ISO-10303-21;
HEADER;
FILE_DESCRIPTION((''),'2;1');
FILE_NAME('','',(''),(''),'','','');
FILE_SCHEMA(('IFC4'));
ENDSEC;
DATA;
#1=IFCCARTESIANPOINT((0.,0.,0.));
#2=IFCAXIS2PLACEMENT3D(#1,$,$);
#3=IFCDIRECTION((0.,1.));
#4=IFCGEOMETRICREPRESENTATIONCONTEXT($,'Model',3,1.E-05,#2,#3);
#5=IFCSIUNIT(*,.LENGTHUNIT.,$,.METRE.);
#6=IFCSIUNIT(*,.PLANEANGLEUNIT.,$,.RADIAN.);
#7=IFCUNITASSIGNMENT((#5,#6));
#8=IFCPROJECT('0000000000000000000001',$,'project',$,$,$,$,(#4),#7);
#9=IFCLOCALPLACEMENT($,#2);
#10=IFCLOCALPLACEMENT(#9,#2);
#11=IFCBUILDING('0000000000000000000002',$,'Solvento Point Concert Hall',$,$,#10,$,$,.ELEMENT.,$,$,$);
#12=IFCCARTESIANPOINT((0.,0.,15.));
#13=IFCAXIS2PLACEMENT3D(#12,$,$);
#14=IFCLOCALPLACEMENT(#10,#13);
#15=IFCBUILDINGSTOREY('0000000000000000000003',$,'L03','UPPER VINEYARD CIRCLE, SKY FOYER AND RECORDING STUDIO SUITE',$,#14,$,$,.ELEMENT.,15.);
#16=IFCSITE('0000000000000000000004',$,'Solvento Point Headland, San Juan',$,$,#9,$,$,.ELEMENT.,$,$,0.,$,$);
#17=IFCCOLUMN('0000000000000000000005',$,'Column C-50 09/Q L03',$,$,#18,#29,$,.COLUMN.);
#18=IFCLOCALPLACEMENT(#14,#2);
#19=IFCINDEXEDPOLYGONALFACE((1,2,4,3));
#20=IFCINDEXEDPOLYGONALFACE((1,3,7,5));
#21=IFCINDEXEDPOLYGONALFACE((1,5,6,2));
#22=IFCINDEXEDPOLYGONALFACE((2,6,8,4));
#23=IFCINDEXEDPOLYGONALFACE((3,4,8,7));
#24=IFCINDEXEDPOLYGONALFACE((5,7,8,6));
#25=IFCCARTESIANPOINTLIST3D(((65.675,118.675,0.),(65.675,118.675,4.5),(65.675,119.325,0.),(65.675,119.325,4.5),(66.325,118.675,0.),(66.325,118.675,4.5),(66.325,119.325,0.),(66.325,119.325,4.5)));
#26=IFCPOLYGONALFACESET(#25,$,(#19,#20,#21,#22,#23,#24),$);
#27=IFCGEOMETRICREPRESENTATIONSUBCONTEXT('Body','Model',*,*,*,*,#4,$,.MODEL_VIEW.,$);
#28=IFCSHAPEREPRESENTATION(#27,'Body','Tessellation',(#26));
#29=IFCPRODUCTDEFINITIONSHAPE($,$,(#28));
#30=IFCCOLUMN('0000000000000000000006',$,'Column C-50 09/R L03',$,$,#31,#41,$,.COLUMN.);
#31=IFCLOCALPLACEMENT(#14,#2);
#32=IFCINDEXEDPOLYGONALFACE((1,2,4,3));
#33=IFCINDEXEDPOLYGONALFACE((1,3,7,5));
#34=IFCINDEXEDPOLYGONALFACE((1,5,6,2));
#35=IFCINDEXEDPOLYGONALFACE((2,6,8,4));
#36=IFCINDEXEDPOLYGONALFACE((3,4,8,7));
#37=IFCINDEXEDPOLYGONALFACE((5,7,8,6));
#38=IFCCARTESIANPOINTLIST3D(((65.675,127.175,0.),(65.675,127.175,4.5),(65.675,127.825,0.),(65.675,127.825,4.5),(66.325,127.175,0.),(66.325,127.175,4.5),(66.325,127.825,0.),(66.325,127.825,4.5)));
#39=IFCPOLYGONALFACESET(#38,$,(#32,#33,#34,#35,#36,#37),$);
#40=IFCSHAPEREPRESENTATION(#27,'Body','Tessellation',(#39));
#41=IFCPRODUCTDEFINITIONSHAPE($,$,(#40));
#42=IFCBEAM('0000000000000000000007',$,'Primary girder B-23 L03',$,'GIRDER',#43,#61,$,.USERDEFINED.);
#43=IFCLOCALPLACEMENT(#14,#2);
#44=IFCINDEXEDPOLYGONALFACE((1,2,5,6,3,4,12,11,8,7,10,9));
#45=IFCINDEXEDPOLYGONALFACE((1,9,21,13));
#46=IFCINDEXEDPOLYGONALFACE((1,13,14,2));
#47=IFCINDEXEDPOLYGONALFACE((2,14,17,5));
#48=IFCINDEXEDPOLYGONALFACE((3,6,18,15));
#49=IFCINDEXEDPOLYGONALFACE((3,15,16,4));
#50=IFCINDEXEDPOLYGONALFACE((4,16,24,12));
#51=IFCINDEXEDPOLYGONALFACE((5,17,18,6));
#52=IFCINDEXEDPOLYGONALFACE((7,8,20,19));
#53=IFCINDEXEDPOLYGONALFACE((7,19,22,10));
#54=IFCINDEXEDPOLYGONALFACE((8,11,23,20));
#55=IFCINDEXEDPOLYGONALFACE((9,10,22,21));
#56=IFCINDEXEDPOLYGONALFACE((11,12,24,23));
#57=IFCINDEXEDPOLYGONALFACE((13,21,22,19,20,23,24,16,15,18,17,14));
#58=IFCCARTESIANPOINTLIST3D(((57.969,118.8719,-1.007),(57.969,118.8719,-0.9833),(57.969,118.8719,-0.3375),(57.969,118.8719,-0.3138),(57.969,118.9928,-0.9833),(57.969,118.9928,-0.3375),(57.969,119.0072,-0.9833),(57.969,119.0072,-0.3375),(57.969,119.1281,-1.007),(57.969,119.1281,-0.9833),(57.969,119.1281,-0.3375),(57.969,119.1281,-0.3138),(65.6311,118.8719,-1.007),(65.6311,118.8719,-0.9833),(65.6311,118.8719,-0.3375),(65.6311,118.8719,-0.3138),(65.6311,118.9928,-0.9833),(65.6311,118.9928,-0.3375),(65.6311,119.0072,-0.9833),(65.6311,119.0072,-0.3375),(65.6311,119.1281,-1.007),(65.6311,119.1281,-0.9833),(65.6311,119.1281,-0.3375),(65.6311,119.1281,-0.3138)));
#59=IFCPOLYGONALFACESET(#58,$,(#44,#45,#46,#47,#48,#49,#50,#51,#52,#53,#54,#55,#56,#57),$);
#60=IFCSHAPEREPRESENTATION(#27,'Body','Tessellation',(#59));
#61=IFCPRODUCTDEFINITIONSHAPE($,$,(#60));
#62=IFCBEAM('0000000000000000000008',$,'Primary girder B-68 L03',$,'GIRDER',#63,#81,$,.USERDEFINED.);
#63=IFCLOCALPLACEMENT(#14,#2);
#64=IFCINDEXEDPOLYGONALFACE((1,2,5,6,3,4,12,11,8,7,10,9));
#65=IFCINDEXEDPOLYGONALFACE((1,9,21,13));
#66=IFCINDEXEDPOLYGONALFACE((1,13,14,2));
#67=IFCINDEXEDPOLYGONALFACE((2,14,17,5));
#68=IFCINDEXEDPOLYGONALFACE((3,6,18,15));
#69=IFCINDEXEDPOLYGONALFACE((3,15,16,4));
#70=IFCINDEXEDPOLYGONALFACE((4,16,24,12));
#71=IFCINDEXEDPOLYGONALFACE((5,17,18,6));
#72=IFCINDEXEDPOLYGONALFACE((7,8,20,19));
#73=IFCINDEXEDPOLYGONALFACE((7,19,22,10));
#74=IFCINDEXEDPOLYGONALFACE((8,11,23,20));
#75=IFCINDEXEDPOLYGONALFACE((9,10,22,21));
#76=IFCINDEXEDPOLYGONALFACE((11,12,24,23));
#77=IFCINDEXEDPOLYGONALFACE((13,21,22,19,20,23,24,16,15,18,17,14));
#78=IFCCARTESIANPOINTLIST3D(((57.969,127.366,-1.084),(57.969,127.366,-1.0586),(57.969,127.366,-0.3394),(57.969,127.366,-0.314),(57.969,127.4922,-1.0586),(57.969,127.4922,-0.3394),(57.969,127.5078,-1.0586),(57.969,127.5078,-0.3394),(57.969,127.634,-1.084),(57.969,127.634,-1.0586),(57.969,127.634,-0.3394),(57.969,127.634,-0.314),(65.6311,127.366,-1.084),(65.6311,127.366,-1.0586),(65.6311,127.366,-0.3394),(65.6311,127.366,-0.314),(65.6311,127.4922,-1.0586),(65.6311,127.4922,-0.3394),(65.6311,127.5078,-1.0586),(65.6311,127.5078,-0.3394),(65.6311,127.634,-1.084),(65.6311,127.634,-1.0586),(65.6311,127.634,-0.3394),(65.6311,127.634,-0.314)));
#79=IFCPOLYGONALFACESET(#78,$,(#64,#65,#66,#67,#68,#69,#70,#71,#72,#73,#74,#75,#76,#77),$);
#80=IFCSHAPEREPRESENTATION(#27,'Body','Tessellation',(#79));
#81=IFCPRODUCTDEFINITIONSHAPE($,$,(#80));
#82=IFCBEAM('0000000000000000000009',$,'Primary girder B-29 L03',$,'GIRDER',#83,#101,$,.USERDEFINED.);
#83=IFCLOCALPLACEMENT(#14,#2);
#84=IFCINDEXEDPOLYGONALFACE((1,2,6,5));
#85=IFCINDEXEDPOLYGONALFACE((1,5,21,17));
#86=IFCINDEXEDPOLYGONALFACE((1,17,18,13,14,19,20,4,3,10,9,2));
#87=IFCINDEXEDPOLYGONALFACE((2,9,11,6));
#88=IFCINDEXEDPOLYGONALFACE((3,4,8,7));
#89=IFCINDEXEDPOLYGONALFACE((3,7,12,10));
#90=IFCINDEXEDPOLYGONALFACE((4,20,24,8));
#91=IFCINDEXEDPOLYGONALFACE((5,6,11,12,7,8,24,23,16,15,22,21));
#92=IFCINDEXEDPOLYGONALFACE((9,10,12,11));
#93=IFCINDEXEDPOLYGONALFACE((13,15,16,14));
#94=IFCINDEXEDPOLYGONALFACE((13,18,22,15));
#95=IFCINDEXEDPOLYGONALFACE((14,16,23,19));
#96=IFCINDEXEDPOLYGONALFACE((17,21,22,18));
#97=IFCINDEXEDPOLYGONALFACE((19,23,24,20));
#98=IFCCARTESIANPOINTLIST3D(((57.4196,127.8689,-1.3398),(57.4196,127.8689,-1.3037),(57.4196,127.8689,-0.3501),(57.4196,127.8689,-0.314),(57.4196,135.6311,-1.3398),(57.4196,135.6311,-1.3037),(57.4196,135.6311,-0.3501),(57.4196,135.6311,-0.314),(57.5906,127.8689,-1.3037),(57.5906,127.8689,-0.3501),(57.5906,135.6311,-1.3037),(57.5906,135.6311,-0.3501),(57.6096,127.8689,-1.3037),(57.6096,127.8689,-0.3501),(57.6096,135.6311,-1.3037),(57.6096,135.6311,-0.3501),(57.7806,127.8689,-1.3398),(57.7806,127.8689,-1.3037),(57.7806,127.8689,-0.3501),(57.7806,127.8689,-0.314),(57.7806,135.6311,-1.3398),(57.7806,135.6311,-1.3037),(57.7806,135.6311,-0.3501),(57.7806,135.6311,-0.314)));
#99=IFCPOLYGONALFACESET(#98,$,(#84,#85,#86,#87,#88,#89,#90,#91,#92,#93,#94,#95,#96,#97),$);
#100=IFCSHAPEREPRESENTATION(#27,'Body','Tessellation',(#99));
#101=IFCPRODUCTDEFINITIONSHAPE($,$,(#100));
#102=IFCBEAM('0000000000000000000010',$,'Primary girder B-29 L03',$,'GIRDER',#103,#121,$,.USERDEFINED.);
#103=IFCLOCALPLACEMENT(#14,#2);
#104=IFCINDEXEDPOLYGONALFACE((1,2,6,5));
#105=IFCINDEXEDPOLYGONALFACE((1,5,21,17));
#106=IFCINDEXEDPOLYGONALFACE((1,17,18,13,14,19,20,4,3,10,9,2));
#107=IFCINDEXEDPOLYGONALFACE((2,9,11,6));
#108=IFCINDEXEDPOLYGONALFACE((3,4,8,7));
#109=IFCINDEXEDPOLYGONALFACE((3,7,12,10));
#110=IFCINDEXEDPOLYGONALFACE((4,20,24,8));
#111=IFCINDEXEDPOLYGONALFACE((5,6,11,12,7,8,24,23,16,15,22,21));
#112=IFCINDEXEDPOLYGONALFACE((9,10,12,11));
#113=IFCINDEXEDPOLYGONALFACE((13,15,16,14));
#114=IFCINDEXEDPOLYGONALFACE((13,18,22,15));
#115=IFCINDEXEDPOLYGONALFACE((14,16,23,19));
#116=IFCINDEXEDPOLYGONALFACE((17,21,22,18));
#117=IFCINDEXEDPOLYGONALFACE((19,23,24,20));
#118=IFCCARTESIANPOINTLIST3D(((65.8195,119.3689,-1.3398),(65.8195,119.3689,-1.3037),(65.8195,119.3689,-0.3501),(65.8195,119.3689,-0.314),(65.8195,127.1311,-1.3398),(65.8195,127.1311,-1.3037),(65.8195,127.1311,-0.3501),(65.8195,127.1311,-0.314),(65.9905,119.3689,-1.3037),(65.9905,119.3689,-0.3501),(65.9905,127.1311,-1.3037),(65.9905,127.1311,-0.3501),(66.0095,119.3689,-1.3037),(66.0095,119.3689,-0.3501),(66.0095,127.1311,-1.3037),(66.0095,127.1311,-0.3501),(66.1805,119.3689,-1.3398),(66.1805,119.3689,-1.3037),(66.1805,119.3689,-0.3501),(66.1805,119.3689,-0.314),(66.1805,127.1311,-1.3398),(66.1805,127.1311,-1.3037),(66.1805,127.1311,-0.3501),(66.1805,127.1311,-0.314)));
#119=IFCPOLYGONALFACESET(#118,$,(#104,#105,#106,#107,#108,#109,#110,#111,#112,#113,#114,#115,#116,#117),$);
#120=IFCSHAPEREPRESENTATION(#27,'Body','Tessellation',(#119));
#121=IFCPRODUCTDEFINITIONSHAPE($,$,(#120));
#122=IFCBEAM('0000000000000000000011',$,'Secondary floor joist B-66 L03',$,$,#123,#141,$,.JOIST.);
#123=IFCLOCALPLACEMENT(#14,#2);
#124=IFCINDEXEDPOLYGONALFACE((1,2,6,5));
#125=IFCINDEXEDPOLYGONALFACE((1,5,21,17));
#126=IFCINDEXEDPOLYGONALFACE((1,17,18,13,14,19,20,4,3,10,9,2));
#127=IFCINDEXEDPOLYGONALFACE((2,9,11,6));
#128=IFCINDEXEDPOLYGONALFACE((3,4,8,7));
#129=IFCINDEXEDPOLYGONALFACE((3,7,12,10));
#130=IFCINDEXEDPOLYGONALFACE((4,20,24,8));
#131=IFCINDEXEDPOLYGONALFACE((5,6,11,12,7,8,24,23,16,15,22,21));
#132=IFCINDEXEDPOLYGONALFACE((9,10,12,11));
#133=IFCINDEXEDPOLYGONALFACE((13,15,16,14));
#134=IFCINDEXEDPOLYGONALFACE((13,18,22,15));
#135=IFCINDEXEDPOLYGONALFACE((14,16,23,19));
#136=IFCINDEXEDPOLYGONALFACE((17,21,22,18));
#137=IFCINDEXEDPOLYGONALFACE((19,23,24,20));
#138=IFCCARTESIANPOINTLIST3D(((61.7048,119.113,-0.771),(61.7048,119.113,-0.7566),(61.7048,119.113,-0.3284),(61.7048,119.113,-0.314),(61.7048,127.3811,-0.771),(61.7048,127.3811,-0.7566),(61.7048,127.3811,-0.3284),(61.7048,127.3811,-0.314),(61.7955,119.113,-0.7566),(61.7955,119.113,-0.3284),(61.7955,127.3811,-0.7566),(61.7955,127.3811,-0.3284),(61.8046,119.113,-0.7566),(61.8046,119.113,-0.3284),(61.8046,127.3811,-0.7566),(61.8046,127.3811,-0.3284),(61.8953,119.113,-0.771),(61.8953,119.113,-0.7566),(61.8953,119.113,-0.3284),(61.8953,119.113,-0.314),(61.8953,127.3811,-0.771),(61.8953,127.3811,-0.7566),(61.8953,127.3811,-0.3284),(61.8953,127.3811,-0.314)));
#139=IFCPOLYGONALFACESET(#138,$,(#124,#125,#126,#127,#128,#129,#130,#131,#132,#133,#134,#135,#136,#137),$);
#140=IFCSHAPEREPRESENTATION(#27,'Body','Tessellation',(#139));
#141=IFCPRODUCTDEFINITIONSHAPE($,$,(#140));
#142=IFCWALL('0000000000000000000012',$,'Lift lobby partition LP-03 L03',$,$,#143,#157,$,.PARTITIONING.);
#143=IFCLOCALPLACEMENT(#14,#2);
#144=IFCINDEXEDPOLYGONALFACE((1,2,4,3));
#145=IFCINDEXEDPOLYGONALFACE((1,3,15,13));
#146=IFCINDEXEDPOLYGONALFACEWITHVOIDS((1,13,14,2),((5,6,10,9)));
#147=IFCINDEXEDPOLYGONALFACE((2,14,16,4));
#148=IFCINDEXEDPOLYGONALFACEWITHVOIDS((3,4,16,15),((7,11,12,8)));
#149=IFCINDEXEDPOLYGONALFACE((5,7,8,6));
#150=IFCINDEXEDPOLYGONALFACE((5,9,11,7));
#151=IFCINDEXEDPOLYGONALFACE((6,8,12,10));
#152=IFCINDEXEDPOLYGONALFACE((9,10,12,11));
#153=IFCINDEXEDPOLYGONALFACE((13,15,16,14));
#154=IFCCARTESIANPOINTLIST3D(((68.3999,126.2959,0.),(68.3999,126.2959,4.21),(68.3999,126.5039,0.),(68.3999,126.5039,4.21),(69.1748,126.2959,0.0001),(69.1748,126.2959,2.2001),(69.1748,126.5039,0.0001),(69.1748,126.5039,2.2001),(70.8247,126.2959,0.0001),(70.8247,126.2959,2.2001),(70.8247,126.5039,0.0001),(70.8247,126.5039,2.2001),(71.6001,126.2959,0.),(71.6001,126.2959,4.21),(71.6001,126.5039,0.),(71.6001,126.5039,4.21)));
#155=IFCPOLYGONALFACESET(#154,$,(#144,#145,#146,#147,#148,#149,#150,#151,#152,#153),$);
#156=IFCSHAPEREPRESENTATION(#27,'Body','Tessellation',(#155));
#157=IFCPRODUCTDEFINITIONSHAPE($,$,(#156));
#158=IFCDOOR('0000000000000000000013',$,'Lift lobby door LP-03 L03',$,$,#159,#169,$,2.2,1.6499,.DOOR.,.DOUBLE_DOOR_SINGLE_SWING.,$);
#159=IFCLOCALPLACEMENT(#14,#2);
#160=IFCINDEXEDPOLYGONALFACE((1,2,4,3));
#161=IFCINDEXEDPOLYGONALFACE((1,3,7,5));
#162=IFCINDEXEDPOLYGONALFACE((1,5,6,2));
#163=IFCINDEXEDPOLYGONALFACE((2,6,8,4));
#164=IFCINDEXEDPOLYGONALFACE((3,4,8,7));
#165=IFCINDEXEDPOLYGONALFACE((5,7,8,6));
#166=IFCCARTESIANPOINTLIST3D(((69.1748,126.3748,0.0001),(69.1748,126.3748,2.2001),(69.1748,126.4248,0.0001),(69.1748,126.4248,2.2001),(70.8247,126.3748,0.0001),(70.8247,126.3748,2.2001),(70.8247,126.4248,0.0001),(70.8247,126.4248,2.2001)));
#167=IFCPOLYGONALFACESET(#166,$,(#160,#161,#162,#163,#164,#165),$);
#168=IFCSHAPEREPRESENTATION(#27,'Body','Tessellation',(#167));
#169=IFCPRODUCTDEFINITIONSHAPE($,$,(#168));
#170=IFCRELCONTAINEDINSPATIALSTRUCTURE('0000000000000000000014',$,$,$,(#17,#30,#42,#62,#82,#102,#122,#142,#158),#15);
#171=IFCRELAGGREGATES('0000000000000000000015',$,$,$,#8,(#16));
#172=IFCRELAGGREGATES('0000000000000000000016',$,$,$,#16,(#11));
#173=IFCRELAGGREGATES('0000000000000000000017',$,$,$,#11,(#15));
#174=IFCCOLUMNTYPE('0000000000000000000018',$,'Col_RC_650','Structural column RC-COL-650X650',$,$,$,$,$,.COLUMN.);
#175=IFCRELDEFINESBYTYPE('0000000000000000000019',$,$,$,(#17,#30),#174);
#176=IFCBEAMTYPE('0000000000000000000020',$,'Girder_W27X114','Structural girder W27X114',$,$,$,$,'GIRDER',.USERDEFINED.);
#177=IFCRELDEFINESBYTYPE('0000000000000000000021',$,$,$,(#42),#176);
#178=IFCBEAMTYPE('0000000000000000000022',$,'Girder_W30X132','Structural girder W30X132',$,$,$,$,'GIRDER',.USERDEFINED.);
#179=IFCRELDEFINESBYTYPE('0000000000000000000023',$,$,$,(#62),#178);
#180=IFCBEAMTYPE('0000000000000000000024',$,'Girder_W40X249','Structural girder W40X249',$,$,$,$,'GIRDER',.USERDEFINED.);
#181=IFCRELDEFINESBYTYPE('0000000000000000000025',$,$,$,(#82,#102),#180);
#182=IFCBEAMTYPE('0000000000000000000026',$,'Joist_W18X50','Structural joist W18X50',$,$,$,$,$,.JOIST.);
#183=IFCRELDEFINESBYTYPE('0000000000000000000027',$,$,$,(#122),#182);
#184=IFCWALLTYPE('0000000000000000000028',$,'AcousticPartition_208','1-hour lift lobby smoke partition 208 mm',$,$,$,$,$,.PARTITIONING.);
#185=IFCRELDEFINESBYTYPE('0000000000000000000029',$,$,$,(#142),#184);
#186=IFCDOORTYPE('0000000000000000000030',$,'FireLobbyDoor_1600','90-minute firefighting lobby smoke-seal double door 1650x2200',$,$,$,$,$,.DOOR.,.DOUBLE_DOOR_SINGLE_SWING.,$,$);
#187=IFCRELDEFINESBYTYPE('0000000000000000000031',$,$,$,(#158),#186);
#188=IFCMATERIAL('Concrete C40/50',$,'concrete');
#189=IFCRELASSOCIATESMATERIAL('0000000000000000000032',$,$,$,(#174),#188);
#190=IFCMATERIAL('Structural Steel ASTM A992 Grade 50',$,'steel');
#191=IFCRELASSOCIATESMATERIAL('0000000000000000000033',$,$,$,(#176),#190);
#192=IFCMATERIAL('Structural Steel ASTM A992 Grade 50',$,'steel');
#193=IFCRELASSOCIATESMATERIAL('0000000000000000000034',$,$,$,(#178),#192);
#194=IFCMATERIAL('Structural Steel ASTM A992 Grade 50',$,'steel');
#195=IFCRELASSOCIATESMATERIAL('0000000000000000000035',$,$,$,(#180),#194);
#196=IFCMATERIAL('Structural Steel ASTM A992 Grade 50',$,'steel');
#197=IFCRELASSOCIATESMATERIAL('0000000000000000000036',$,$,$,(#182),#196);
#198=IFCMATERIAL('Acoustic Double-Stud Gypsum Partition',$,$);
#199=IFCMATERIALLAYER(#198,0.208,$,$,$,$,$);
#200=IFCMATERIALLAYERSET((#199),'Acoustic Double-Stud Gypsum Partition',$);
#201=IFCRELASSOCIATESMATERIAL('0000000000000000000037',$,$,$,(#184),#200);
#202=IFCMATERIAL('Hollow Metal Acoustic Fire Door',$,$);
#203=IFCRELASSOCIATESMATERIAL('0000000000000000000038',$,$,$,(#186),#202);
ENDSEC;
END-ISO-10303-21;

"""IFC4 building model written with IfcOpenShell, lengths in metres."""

from ifc_helpers import new_model, si_unit, direction, frame, frame_2d, origin, origin_2d, place, context, subcontext, project, spatial, rectangle, i_section, extrude, material, layer, layer_set, material_profile, profile_set, type_object, element, fill, save


model = new_model("IFC4")

# Units and contexts
model_context = context("Model", 3, precision=1e-05, world=origin(), true_north=direction((0.0, 1.0)))
body_context = subcontext(model_context, "Body", "Model", "MODEL_VIEW")
ifc_project = project(units=[si_unit("LENGTHUNIT", "METRE"), si_unit("PLANEANGLEUNIT", "RADIAN")], contexts=[model_context])

# Site, building, storey
site_placement = place(None, origin())
site = spatial("IfcSite", under=ifc_project, at=site_placement, Name="Solvento Point Headland, San Juan", CompositionType="ELEMENT", RefElevation=0.0)
building_placement = place(site_placement, origin())
building = spatial("IfcBuilding", under=site, at=building_placement, Name="Solvento Point Concert Hall", CompositionType="ELEMENT")
storey_placement = place(building_placement, frame((0.0, 0.0, 15.0)))
storey = spatial("IfcBuildingStorey", under=building, at=storey_placement, Name="L03", Description="UPPER VINEYARD CIRCLE, SKY FOYER AND RECORDING STUDIO SUITE", CompositionType="ELEMENT", Elevation=15.0)

# Columns
ifc_material_1 = material(Name="Concrete C40/50", Category="concrete")
ifc_material_profile_1 = material_profile(ifc_material_1, rectangle(XDim=0.6499, YDim=0.6499, at=origin_2d()), Name="RC-COL-650X650")
ifc_profile_set_1 = profile_set([ifc_material_profile_1], Name="Concrete C40/50")
column_type = type_object("IfcColumnType", Name="Col_RC_650", Description="Structural column RC-COL-650X650", PredefinedType="COLUMN", material=ifc_profile_set_1)
for number, where, z_axis, x_axis, name in (
    (1, (66.0, 119.0, 0.0), (0.0, 0.0, 1.0), (1.0, 0.0, 0.0), "Column C-50 09/Q L03"),
    (2, (66.0, 127.5, 0.0), (0.0, 0.0, 1.0), (1.0, 0.0, 0.0), "Column C-50 09/R L03"),
):
    element("IfcColumn", number, at=place(storey_placement, frame(where, z_axis=z_axis, x_axis=x_axis)), inside=storey, type_object=column_type, Name=name, PredefinedType="COLUMN", context=body_context, shape_type="SweptSolid", body=[
        extrude(rectangle(XDim=0.6499, YDim=0.6499, at=origin_2d()), origin(), (0.0, 0.0, 1.0), 4.5),
    ])

# Beams
ifc_material_2 = material(Name="Structural Steel ASTM A992 Grade 50", Category="steel")
ifc_material_profile_2 = material_profile(ifc_material_2, i_section(OverallWidth=0.2561, OverallDepth=0.6931, WebThickness=0.0144, FlangeThickness=0.0237, at=origin_2d()), Name="W27X114")
ifc_profile_set_2 = profile_set([ifc_material_profile_2], Name="Structural Steel ASTM A992 Grade 50")
beam_type_1 = type_object("IfcBeamType", Name="Girder_W27X114", Description="Structural girder W27X114", ElementType="GIRDER", PredefinedType="USERDEFINED", material=ifc_profile_set_2)
beam_1_placement = place(storey_placement, frame((57.969, 119.0, -0.6604), z_axis=(1.0, 0.0, 0.0), x_axis=(0.0, 1.0, 0.0)))
element("IfcBeam", 3, at=beam_1_placement, inside=storey, type_object=beam_type_1, Name="Primary girder B-23 L03", ObjectType="GIRDER", PredefinedType="USERDEFINED", context=body_context, shape_type="SweptSolid", body=[
    extrude(i_section(OverallWidth=0.2561, OverallDepth=0.6931, WebThickness=0.0144, FlangeThickness=0.0237, at=origin_2d()), origin(), (0.0, 0.0, 1.0), 7.6621),
])
ifc_material_3 = material(Name="Structural Steel ASTM A992 Grade 50", Category="steel")
ifc_material_profile_3 = material_profile(ifc_material_3, i_section(OverallWidth=0.2681, OverallDepth=0.77, WebThickness=0.0156, FlangeThickness=0.0254, at=origin_2d()), Name="W30X132")
ifc_profile_set_3 = profile_set([ifc_material_profile_3], Name="Structural Steel ASTM A992 Grade 50")
beam_type_2 = type_object("IfcBeamType", Name="Girder_W30X132", Description="Structural girder W30X132", ElementType="GIRDER", PredefinedType="USERDEFINED", material=ifc_profile_set_3)
beam_2_placement = place(storey_placement, frame((57.969, 127.5, -0.699), z_axis=(1.0, 0.0, 0.0), x_axis=(0.0, 1.0, 0.0)))
element("IfcBeam", 4, at=beam_2_placement, inside=storey, type_object=beam_type_2, Name="Primary girder B-68 L03", ObjectType="GIRDER", PredefinedType="USERDEFINED", context=body_context, shape_type="SweptSolid", body=[
    extrude(i_section(OverallWidth=0.2681, OverallDepth=0.77, WebThickness=0.0156, FlangeThickness=0.0254, at=origin_2d()), origin(), (0.0, 0.0, 1.0), 7.6621),
])
ifc_material_4 = material(Name="Structural Steel ASTM A992 Grade 50", Category="steel")
ifc_material_profile_4 = material_profile(ifc_material_4, i_section(OverallWidth=0.3611, OverallDepth=1.0259, WebThickness=0.019, FlangeThickness=0.0361, at=origin_2d()), Name="W40X249")
ifc_profile_set_4 = profile_set([ifc_material_profile_4], Name="Structural Steel ASTM A992 Grade 50")
beam_type_3 = type_object("IfcBeamType", Name="Girder_W40X249", Description="Structural girder W40X249", ElementType="GIRDER", PredefinedType="USERDEFINED", material=ifc_profile_set_4)
for number, where, z_axis, x_axis, name in (
    (5, (57.6001, 127.8689, -0.8269), (0.0, 1.0, 0.0), (-1.0, 0.0, 0.0), "Primary girder B-29 L03"),
    (6, (66.0, 119.3689, -0.8269), (0.0, 1.0, 0.0), (-1.0, 0.0, 0.0), "Primary girder B-29 L03"),
):
    element("IfcBeam", number, at=place(storey_placement, frame(where, z_axis=z_axis, x_axis=x_axis)), inside=storey, type_object=beam_type_3, Name=name, ObjectType="GIRDER", PredefinedType="USERDEFINED", context=body_context, shape_type="SweptSolid", body=[
        extrude(i_section(OverallWidth=0.3611, OverallDepth=1.0259, WebThickness=0.019, FlangeThickness=0.0361, at=origin_2d()), origin(), (0.0, 0.0, 1.0), 7.7622),
    ])
ifc_material_5 = material(Name="Structural Steel ASTM A992 Grade 50", Category="steel")
ifc_material_profile_5 = material_profile(ifc_material_5, i_section(OverallWidth=0.1904, OverallDepth=0.457, WebThickness=0.009, FlangeThickness=0.0144, at=origin_2d()), Name="W18X50")
ifc_profile_set_5 = profile_set([ifc_material_profile_5], Name="Structural Steel ASTM A992 Grade 50")
beam_type_4 = type_object("IfcBeamType", Name="Joist_W18X50", Description="Structural joist W18X50", PredefinedType="JOIST", material=ifc_profile_set_5)
beam_3_placement = place(storey_placement, frame((61.8, 119.113, -0.5425), z_axis=(0.0, 1.0, 0.0), x_axis=(-1.0, 0.0, 0.0)))
element("IfcBeam", 7, at=beam_3_placement, inside=storey, type_object=beam_type_4, Name="Secondary floor joist B-66 L03", PredefinedType="JOIST", context=body_context, shape_type="SweptSolid", body=[
    extrude(i_section(OverallWidth=0.1904, OverallDepth=0.457, WebThickness=0.009, FlangeThickness=0.0144, at=origin_2d()), origin(), (0.0, 0.0, 1.0), 8.2681),
])

# Wall, opening, door
ifc_material_6 = material(Name="Acoustic Double-Stud Gypsum Partition")
ifc_layer_1 = layer(ifc_material_6, 0.208)
ifc_layer_set_1 = layer_set([ifc_layer_1], Name="Acoustic Double-Stud Gypsum Partition")
wall_type_1 = type_object("IfcWallType", Name="AcousticPartition_208", Description="1-hour lift lobby smoke partition 208 mm", PredefinedType="PARTITIONING", material=ifc_layer_set_1)
wall_1_placement = place(storey_placement, frame((68.3999, 126.3999, 0.0), z_axis=(0.0, 0.0, 1.0), x_axis=(1.0, 0.0, 0.0)))
wall_1 = element("IfcWall", 8, at=wall_1_placement, inside=storey, type_object=wall_type_1, Name="Lift lobby partition LP-03 L03", PredefinedType="PARTITIONING", context=body_context, shape_type="SweptSolid", body=[
    extrude(rectangle(XDim=3.2002, YDim=0.208, at=frame_2d((1.6001, 0.0))), origin(), (0.0, 0.0, 1.0), 4.21),
])
opening_1_placement = place(wall_1_placement, frame((0.7749, 0.0, 0.0)))
opening_1 = element("IfcOpeningElement", 9, at=opening_1_placement, cuts=wall_1, PredefinedType="OPENING", context=body_context, shape_type="SweptSolid", body=[
    extrude(rectangle(XDim=1.6499, YDim=2.2, at=frame_2d((0.825, 1.1001))), frame((0.0, 0.114, 0.0), z_axis=(0.0, -1.0, 0.0), x_axis=(1.0, 0.0, 0.0)), (0.0, 0.0, 1.0), 0.228),
])
ifc_material_7 = material(Name="Hollow Metal Acoustic Fire Door")
door_type_1 = type_object("IfcDoorType", Name="FireLobbyDoor_1600", Description="90-minute firefighting lobby smoke-seal double door 1650x2200", OperationType="DOUBLE_DOOR_SINGLE_SWING", PredefinedType="DOOR", material=ifc_material_7)
door_1_placement = place(opening_1_placement, origin())
door_1 = element("IfcDoor", 10, at=door_1_placement, inside=storey, type_object=door_type_1, Name="Lift lobby door LP-03 L03", OperationType="DOUBLE_DOOR_SINGLE_SWING", OverallHeight=2.2, OverallWidth=1.6499, PredefinedType="DOOR", context=body_context, shape_type="SweptSolid", body=[
    extrude(rectangle(XDim=1.6499, YDim=2.2, at=frame_2d((0.825, 1.1001))), frame((0.0, 0.0249, 0.0), z_axis=(0.0, -1.0, 0.0), x_axis=(1.0, 0.0, 0.0)), (0.0, 0.0, 1.0), 0.05),
])
fill(opening_1, door_1)

save(model, "model.ifc")
